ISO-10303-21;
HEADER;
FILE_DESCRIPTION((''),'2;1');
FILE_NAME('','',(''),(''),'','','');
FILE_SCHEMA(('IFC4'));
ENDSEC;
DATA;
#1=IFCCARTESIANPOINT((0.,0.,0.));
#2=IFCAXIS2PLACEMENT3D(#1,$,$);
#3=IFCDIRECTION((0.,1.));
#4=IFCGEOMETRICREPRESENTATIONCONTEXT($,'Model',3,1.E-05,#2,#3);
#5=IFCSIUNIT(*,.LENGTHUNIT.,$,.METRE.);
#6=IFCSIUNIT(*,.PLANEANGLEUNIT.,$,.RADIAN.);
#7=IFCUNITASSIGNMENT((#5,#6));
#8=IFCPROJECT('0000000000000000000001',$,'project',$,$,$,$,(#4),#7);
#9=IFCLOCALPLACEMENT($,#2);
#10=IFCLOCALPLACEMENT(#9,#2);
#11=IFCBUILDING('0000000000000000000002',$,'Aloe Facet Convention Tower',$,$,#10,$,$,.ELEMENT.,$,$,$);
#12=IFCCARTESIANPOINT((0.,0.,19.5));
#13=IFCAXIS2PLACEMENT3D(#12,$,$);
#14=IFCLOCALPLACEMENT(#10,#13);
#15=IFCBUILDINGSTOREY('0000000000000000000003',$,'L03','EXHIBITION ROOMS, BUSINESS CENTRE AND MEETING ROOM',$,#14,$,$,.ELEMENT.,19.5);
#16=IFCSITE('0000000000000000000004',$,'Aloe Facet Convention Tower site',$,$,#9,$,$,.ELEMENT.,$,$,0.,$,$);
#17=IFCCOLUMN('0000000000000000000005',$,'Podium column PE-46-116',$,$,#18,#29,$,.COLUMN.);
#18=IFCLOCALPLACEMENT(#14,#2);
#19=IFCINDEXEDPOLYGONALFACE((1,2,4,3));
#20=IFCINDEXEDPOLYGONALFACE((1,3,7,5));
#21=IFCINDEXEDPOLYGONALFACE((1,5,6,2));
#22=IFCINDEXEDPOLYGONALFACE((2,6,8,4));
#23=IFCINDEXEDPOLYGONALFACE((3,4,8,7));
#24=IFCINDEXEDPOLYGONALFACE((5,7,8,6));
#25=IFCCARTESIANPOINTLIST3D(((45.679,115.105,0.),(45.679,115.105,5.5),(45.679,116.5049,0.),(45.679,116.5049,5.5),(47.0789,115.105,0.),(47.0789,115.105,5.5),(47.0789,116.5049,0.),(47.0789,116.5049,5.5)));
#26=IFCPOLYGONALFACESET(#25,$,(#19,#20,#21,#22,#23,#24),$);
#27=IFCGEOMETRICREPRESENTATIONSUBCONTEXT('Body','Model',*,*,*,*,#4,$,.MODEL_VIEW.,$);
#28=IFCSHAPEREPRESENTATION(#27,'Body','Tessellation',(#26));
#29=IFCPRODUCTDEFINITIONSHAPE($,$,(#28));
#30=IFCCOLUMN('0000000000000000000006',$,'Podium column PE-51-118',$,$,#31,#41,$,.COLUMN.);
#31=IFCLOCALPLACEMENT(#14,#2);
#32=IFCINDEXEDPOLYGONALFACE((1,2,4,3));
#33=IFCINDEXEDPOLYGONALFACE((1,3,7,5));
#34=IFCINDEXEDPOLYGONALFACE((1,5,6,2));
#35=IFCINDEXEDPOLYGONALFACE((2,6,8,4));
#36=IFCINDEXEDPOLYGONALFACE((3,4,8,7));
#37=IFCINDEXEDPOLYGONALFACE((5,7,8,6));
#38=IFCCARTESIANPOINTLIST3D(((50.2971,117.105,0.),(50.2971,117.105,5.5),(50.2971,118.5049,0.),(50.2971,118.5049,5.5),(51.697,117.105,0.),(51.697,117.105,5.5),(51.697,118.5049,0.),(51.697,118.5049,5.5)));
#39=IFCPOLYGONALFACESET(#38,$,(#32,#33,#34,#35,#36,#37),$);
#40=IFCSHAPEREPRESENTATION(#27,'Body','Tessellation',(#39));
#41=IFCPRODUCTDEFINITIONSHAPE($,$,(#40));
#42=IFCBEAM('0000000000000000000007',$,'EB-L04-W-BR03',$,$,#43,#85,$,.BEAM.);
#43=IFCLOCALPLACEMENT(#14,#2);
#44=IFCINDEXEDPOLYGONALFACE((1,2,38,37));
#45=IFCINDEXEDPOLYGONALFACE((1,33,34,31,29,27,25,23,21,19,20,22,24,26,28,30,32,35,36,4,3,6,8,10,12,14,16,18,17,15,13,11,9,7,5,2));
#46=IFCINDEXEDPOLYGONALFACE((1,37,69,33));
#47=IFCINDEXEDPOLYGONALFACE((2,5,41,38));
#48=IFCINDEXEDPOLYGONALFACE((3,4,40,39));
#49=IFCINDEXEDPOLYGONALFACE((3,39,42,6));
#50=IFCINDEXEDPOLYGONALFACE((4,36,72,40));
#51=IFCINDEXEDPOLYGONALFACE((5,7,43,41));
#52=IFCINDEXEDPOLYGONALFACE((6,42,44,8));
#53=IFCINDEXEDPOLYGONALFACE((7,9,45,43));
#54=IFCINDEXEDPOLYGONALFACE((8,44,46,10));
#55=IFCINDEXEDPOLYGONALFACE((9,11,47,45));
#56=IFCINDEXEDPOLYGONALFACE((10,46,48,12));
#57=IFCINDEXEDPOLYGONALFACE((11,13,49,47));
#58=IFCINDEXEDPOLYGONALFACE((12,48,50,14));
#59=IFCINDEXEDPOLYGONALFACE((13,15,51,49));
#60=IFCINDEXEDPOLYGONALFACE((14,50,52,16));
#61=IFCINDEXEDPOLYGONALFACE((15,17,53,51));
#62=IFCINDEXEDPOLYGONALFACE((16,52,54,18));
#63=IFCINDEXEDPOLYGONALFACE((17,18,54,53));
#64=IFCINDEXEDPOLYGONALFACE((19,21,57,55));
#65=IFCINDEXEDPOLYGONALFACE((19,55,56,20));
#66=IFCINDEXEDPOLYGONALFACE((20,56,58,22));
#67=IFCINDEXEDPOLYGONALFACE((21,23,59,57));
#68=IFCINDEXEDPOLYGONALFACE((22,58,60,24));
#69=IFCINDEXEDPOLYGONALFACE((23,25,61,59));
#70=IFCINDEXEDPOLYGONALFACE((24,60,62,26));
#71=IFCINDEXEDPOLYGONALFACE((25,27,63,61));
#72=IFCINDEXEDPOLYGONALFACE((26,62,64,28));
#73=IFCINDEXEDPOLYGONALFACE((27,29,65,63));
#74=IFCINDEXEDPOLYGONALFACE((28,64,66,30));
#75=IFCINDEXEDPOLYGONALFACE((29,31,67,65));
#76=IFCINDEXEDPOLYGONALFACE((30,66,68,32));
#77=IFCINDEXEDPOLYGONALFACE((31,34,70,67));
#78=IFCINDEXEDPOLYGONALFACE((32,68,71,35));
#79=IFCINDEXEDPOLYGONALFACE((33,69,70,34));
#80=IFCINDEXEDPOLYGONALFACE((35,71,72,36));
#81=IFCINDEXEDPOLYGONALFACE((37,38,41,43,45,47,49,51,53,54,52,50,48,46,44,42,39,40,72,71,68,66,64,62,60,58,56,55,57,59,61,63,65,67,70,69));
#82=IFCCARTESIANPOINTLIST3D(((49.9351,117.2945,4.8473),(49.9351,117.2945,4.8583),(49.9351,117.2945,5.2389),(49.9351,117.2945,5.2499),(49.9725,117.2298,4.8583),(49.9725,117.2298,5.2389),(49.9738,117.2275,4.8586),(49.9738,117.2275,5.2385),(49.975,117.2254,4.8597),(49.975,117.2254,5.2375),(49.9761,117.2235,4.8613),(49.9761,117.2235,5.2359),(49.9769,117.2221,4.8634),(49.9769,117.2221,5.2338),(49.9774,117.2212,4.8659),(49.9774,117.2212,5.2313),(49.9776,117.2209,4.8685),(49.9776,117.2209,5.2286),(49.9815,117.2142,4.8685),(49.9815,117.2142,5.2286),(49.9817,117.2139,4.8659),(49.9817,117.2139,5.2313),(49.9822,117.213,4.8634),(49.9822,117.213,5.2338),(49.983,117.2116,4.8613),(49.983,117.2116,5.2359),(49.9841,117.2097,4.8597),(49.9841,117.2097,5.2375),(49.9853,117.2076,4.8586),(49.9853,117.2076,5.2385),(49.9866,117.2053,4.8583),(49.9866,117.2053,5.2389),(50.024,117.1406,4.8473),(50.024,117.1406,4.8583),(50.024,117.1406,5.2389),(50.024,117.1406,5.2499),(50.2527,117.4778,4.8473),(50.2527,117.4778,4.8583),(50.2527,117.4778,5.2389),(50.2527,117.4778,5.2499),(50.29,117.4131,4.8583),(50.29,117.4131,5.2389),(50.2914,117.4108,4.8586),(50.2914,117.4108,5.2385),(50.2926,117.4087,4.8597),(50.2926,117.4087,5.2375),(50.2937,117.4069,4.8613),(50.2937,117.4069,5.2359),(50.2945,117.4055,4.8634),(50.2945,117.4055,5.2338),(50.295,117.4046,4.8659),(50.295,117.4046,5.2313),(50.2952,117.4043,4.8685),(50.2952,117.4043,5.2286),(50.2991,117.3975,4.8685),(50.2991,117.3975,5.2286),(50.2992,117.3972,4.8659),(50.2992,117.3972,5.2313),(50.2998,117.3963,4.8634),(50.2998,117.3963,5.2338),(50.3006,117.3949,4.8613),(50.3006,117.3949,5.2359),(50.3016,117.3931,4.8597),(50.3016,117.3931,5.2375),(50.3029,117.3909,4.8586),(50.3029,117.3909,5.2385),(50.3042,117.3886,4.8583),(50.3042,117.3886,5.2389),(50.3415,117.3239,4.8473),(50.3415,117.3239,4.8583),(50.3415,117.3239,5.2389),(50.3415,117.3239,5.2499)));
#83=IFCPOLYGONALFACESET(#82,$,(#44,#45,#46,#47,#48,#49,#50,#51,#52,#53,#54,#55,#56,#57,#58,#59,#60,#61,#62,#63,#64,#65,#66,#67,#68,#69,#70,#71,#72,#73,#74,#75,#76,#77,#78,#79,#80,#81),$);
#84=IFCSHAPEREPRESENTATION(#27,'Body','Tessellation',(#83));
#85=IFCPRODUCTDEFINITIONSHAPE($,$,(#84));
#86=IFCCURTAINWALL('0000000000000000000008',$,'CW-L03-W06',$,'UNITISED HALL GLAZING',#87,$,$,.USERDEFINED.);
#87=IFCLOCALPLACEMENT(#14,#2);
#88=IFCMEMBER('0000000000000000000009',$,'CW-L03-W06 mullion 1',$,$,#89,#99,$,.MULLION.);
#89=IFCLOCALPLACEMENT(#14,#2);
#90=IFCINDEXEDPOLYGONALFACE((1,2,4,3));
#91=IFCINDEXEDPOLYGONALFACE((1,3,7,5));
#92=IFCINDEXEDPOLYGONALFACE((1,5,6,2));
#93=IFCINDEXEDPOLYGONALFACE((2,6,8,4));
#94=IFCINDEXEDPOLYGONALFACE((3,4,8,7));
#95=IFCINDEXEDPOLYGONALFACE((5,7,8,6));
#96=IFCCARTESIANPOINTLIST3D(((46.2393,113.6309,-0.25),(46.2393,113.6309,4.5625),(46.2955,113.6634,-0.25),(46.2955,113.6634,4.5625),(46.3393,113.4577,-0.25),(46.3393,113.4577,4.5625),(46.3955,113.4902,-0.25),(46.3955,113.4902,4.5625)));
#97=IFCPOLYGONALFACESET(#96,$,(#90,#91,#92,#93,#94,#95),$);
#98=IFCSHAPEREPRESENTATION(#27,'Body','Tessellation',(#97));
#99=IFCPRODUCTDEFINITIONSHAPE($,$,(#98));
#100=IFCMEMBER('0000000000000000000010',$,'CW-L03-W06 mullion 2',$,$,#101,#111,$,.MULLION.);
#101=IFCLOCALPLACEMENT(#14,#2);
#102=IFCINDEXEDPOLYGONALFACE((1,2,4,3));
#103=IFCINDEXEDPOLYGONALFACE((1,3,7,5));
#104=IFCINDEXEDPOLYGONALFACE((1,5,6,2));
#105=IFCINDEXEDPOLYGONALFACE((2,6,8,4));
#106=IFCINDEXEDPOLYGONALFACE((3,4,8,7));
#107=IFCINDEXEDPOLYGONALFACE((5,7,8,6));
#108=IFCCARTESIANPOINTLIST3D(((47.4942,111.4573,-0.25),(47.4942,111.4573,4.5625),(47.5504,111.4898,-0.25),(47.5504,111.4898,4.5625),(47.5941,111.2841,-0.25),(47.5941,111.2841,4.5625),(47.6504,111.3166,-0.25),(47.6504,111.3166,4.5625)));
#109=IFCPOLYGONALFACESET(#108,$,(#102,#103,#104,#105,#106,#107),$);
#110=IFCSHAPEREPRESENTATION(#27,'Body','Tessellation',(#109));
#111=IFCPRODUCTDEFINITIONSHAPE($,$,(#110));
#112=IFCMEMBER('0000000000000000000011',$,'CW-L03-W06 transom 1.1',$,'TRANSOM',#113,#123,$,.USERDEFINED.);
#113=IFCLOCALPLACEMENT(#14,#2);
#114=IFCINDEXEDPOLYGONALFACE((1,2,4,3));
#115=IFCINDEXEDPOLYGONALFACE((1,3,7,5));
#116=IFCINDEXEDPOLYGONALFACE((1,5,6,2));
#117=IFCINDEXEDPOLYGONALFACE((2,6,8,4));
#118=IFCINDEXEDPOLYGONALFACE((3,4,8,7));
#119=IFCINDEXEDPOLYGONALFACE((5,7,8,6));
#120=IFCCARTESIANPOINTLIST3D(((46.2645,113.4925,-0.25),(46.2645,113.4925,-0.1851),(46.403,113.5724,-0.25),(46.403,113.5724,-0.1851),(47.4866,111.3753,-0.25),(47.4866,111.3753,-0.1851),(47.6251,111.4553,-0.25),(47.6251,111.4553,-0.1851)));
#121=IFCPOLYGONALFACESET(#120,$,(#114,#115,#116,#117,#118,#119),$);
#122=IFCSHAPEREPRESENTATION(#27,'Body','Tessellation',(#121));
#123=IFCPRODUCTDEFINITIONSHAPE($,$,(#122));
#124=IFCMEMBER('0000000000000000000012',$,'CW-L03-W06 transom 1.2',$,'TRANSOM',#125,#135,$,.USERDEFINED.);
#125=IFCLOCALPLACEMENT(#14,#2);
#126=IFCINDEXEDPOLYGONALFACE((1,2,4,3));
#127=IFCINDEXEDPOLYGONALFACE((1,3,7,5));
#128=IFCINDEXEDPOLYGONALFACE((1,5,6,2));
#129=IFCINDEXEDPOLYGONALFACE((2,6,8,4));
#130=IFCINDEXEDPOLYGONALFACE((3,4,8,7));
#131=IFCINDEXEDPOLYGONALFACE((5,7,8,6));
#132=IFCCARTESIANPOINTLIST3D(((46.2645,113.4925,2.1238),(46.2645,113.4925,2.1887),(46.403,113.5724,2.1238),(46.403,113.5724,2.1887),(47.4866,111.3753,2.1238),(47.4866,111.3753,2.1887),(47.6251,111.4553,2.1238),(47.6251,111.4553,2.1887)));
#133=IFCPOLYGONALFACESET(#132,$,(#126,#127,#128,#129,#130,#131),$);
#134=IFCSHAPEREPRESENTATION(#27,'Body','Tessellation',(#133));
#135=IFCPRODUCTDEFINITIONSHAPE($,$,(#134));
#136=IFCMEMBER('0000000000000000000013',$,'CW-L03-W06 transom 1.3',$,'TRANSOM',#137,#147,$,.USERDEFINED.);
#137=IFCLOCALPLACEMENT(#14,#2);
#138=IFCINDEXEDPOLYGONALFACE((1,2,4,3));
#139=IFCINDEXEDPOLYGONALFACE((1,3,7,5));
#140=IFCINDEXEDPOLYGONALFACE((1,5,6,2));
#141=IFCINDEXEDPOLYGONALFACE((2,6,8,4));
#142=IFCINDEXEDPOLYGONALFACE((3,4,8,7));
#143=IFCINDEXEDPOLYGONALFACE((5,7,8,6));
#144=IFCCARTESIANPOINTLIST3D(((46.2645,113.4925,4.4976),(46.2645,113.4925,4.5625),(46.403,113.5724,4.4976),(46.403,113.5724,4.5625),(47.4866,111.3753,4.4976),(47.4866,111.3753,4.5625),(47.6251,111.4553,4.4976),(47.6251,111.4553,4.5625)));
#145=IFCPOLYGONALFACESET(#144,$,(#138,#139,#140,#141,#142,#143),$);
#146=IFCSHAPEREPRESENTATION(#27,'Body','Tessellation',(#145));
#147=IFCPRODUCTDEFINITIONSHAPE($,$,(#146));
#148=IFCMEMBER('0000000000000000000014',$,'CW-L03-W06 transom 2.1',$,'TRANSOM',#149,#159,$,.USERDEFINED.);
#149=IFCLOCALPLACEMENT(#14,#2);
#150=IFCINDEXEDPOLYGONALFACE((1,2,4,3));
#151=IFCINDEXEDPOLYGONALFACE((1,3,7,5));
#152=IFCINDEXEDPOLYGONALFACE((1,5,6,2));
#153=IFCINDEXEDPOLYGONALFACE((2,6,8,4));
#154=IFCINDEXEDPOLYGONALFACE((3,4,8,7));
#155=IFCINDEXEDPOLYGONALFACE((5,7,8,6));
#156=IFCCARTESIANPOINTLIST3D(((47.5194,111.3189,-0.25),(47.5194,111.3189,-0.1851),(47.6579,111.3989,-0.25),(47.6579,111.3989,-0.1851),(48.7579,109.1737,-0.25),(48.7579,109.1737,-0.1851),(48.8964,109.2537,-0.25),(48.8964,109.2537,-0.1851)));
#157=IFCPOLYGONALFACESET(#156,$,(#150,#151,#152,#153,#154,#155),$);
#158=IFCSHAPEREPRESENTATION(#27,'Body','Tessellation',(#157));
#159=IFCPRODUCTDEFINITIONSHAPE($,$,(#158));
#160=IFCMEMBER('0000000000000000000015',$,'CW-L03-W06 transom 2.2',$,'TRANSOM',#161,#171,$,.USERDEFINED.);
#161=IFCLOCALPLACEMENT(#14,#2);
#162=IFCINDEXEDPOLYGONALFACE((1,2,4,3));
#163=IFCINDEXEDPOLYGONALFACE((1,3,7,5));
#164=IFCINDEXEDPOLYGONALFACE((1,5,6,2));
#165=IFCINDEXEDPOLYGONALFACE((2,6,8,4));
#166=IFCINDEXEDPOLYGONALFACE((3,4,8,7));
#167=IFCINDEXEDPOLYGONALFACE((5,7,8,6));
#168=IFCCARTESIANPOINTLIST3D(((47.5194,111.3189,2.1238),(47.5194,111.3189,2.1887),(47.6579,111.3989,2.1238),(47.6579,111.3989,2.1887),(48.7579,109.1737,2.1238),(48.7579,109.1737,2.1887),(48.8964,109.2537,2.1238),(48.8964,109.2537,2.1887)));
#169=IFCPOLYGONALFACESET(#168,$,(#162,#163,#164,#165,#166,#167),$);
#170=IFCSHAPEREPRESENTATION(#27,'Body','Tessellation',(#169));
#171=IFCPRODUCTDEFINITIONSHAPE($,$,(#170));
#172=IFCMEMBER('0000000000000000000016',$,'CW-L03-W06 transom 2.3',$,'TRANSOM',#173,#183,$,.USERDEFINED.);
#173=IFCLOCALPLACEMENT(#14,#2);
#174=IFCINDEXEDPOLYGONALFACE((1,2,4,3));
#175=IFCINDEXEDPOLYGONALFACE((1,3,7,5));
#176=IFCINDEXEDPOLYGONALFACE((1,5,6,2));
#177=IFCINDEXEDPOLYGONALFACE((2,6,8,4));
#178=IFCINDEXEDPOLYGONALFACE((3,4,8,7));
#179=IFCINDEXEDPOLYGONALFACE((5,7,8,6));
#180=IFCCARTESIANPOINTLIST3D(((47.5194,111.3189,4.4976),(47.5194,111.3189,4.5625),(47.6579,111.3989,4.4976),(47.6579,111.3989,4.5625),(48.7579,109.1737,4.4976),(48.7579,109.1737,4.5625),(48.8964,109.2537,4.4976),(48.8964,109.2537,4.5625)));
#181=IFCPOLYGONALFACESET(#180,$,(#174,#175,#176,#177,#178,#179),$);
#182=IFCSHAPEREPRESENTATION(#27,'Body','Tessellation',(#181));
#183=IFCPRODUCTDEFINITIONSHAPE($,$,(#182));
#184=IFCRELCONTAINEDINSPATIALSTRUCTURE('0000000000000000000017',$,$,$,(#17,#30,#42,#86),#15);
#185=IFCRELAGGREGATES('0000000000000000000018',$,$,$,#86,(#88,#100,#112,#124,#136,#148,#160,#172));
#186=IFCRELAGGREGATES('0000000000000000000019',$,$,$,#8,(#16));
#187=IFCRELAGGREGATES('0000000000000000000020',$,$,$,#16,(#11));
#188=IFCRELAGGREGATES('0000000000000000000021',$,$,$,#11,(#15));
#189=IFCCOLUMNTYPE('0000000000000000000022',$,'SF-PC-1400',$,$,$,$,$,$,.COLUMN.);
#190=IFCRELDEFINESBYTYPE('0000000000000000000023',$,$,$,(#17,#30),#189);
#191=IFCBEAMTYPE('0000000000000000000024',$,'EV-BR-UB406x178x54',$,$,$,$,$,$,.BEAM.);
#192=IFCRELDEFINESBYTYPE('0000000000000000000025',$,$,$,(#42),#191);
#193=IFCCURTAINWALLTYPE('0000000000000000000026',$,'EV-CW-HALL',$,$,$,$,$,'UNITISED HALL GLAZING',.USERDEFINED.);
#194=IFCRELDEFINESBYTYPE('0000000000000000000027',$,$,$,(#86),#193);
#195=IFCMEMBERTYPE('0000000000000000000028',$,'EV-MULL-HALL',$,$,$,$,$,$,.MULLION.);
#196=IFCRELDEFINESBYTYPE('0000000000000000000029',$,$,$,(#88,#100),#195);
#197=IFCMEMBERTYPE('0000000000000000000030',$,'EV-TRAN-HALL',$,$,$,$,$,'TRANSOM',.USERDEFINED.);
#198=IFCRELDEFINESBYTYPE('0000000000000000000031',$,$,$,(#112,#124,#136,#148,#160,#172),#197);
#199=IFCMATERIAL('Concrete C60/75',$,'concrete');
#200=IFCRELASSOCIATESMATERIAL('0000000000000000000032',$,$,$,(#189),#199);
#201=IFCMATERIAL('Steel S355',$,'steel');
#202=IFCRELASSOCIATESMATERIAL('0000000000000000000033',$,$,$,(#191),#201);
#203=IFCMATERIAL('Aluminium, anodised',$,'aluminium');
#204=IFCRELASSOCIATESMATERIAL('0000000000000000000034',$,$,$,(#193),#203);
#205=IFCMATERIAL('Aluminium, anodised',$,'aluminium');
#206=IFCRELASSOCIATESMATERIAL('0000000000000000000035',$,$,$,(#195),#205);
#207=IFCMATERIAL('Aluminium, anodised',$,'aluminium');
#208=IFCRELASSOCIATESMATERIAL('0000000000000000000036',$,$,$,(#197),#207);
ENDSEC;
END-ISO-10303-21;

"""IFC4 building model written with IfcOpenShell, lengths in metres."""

from ifc_helpers import new_model, si_unit, direction, frame, origin, origin_2d, place, context, subcontext, project, spatial, rectangle, i_section, extrude, material, material_profile, profile_set, type_object, element, aggregate, save


model = new_model("IFC4")

# Units and contexts
model_context = context("Model", 3, precision=1e-05, world=origin(), true_north=direction((0.0, 1.0)))
body_context = subcontext(model_context, "Body", "Model", "MODEL_VIEW")
ifc_project = project(units=[si_unit("LENGTHUNIT", "METRE"), si_unit("PLANEANGLEUNIT", "RADIAN")], contexts=[model_context])

# Site, building, storey
site_placement = place(None, origin())
site = spatial("IfcSite", under=ifc_project, at=site_placement, Name="Aloe Facet Convention Tower site", CompositionType="ELEMENT", RefElevation=0.0)
building_placement = place(site_placement, origin())
building = spatial("IfcBuilding", under=site, at=building_placement, Name="Aloe Facet Convention Tower", CompositionType="ELEMENT")
storey_placement = place(building_placement, frame((0.0, 0.0, 19.5)))
storey = spatial("IfcBuildingStorey", under=building, at=storey_placement, Name="L03", Description="EXHIBITION ROOMS, BUSINESS CENTRE AND MEETING ROOM", CompositionType="ELEMENT", Elevation=19.5)

# Columns
ifc_material_1 = material(Name="Concrete C60/75", Category="concrete")
ifc_material_profile_1 = material_profile(ifc_material_1, rectangle(XDim=1.3999, YDim=1.3999, at=origin_2d()), Name="SF-PC-1400")
ifc_profile_set_1 = profile_set([ifc_material_profile_1], Name="Concrete C60/75")
column_type = type_object("IfcColumnType", Name="SF-PC-1400", PredefinedType="COLUMN", material=ifc_profile_set_1)
for number, where, z_axis, x_axis, name in (
    (1, (46.3789, 115.8049, 0.0), (0.0, 0.0, 1.0), (1.0, 0.0, 0.0), "Podium column PE-46-116"),
    (2, (50.9971, 117.8049, 0.0), (0.0, 0.0, 1.0), (1.0, 0.0, 0.0), "Podium column PE-51-118"),
):
    element("IfcColumn", number, at=place(storey_placement, frame(where, z_axis=z_axis, x_axis=x_axis)), inside=storey, type_object=column_type, Name=name, PredefinedType="COLUMN", context=body_context, shape_type="SweptSolid", body=[
        extrude(rectangle(XDim=1.3999, YDim=1.3999, at=origin_2d()), origin(), (0.0, 0.0, 1.0), 5.5),
    ])

# Beam
ifc_material_2 = material(Name="Steel S355", Category="steel")
ifc_material_profile_2 = material_profile(ifc_material_2, i_section(OverallWidth=0.1777, OverallDepth=0.4026, WebThickness=0.0078, FlangeThickness=0.011, FilletRadius=0.0103, at=origin_2d()), Name="UB 406x178x54")
ifc_profile_set_2 = profile_set([ifc_material_profile_2], Name="Steel S355")
beam_type_1 = type_object("IfcBeamType", Name="EV-BR-UB406x178x54", PredefinedType="BEAM", material=ifc_profile_set_2)
beam_1_placement = place(storey_placement, frame((50.2971, 117.4009, 5.0486), z_axis=(-0.866064, -0.499934, 0.0), x_axis=(0.499934, -0.866064, 0.0)))
element("IfcBeam", 3, at=beam_1_placement, inside=storey, type_object=beam_type_1, Name="EB-L04-W-BR03", PredefinedType="BEAM", context=body_context, shape_type="SweptSolid", body=[
    extrude(i_section(OverallWidth=0.1777, OverallDepth=0.4026, WebThickness=0.0078, FlangeThickness=0.011, FilletRadius=0.0103, at=origin_2d()), origin(), (0.0, 0.0, 1.0), 0.3667),
])

# Curtain wall, members
ifc_material_3 = material(Name="Aluminium, anodised", Category="aluminium")
curtain_wall_type = type_object("IfcCurtainWallType", Name="EV-CW-HALL", ElementType="UNITISED HALL GLAZING", PredefinedType="USERDEFINED", material=ifc_material_3)
curtain_wall_placement = place(storey_placement, origin())
curtain_wall = element("IfcCurtainWall", 4, at=curtain_wall_placement, inside=storey, type_object=curtain_wall_type, Name="CW-L03-W06", ObjectType="UNITISED HALL GLAZING", PredefinedType="USERDEFINED")
ifc_material_4 = material(Name="Aluminium, anodised", Category="aluminium")
ifc_material_profile_3 = material_profile(ifc_material_4, rectangle(XDim=0.0649, YDim=0.2, at=origin_2d()), Name="AL 65x200")
ifc_profile_set_3 = profile_set([ifc_material_profile_3], Name="Aluminium, anodised")
member_type_1 = type_object("IfcMemberType", Name="EV-MULL-HALL", PredefinedType="MULLION", material=ifc_profile_set_3)
member_1_placement = place(storey_placement, frame((46.3174, 113.5605, -0.25), z_axis=(0.0, 0.0, 1.0), x_axis=(0.866025, 0.5, 0.0)))
member_1 = element("IfcMember", 5, at=member_1_placement, type_object=member_type_1, Name="CW-L03-W06 mullion 1", PredefinedType="MULLION", context=body_context, shape_type="SweptSolid", body=[
    extrude(rectangle(XDim=0.0649, YDim=0.2, at=origin_2d()), origin(), (0.0, 0.0, 1.0), 4.8125),
])
member_2_placement = place(storey_placement, frame((47.5723, 111.387, -0.25), z_axis=(0.0, 0.0, 1.0), x_axis=(0.866025, 0.5, 0.0)))
member_2 = element("IfcMember", 6, at=member_2_placement, type_object=member_type_1, Name="CW-L03-W06 mullion 2", PredefinedType="MULLION", context=body_context, shape_type="SweptSolid", body=[
    extrude(rectangle(XDim=0.0649, YDim=0.2, at=origin_2d()), origin(), (0.0, 0.0, 1.0), 4.8125),
])
ifc_material_5 = material(Name="Aluminium, anodised", Category="aluminium")
ifc_material_profile_4 = material_profile(ifc_material_5, rectangle(XDim=0.1599, YDim=0.0649, at=origin_2d()), Name="AL 160x65")
ifc_profile_set_4 = profile_set([ifc_material_profile_4], Name="Aluminium, anodised")
member_type_2 = type_object("IfcMemberType", Name="EV-TRAN-HALL", ElementType="TRANSOM", PredefinedType="USERDEFINED", material=ifc_profile_set_4)
member_3_placement = place(storey_placement, frame((46.3337, 113.5325, -0.2175), z_axis=(0.499941, -0.866059, 0.0), x_axis=(0.866059, 0.499941, 0.0)))
member_3 = element("IfcMember", 7, at=member_3_placement, type_object=member_type_2, Name="CW-L03-W06 transom 1.1", ObjectType="TRANSOM", PredefinedType="USERDEFINED", context=body_context, shape_type="SweptSolid", body=[
    extrude(rectangle(XDim=0.1599, YDim=0.0649, at=origin_2d()), origin(), (0.0, 0.0, 1.0), 2.4446),
])
member_4_placement = place(storey_placement, frame((46.3337, 113.5325, 2.1562), z_axis=(0.499941, -0.866059, 0.0), x_axis=(0.866059, 0.499941, 0.0)))
member_4 = element("IfcMember", 8, at=member_4_placement, type_object=member_type_2, Name="CW-L03-W06 transom 1.2", ObjectType="TRANSOM", PredefinedType="USERDEFINED", context=body_context, shape_type="SweptSolid", body=[
    extrude(rectangle(XDim=0.1599, YDim=0.0649, at=origin_2d()), origin(), (0.0, 0.0, 1.0), 2.4446),
])
member_5_placement = place(storey_placement, frame((46.3337, 113.5325, 4.53), z_axis=(0.499941, -0.866059, 0.0), x_axis=(0.866059, 0.499941, 0.0)))
member_5 = element("IfcMember", 9, at=member_5_placement, type_object=member_type_2, Name="CW-L03-W06 transom 1.3", ObjectType="TRANSOM", PredefinedType="USERDEFINED", context=body_context, shape_type="SweptSolid", body=[
    extrude(rectangle(XDim=0.1599, YDim=0.0649, at=origin_2d()), origin(), (0.0, 0.0, 1.0), 2.4446),
])
member_6_placement = place(storey_placement, frame((47.5886, 111.3589, -0.2175), z_axis=(0.499987, -0.866033, 0.0), x_axis=(0.866033, 0.499987, 0.0)))
member_6 = element("IfcMember", 10, at=member_6_placement, type_object=member_type_2, Name="CW-L03-W06 transom 2.1", ObjectType="TRANSOM", PredefinedType="USERDEFINED", context=body_context, shape_type="SweptSolid", body=[
    extrude(rectangle(XDim=0.1599, YDim=0.0649, at=origin_2d()), origin(), (0.0, 0.0, 1.0), 2.4771),
])
member_7_placement = place(storey_placement, frame((47.5886, 111.3589, 2.1562), z_axis=(0.499987, -0.866033, 0.0), x_axis=(0.866033, 0.499987, 0.0)))
member_7 = element("IfcMember", 11, at=member_7_placement, type_object=member_type_2, Name="CW-L03-W06 transom 2.2", ObjectType="TRANSOM", PredefinedType="USERDEFINED", context=body_context, shape_type="SweptSolid", body=[
    extrude(rectangle(XDim=0.1599, YDim=0.0649, at=origin_2d()), origin(), (0.0, 0.0, 1.0), 2.4771),
])
member_8_placement = place(storey_placement, frame((47.5886, 111.3589, 4.53), z_axis=(0.499987, -0.866033, 0.0), x_axis=(0.866033, 0.499987, 0.0)))
member_8 = element("IfcMember", 12, at=member_8_placement, type_object=member_type_2, Name="CW-L03-W06 transom 2.3", ObjectType="TRANSOM", PredefinedType="USERDEFINED", context=body_context, shape_type="SweptSolid", body=[
    extrude(rectangle(XDim=0.1599, YDim=0.0649, at=origin_2d()), origin(), (0.0, 0.0, 1.0), 2.4771),
])

aggregate(curtain_wall, [member_1, member_2, member_3, member_4, member_5, member_6, member_7, member_8])

save(model, "model.ifc")
